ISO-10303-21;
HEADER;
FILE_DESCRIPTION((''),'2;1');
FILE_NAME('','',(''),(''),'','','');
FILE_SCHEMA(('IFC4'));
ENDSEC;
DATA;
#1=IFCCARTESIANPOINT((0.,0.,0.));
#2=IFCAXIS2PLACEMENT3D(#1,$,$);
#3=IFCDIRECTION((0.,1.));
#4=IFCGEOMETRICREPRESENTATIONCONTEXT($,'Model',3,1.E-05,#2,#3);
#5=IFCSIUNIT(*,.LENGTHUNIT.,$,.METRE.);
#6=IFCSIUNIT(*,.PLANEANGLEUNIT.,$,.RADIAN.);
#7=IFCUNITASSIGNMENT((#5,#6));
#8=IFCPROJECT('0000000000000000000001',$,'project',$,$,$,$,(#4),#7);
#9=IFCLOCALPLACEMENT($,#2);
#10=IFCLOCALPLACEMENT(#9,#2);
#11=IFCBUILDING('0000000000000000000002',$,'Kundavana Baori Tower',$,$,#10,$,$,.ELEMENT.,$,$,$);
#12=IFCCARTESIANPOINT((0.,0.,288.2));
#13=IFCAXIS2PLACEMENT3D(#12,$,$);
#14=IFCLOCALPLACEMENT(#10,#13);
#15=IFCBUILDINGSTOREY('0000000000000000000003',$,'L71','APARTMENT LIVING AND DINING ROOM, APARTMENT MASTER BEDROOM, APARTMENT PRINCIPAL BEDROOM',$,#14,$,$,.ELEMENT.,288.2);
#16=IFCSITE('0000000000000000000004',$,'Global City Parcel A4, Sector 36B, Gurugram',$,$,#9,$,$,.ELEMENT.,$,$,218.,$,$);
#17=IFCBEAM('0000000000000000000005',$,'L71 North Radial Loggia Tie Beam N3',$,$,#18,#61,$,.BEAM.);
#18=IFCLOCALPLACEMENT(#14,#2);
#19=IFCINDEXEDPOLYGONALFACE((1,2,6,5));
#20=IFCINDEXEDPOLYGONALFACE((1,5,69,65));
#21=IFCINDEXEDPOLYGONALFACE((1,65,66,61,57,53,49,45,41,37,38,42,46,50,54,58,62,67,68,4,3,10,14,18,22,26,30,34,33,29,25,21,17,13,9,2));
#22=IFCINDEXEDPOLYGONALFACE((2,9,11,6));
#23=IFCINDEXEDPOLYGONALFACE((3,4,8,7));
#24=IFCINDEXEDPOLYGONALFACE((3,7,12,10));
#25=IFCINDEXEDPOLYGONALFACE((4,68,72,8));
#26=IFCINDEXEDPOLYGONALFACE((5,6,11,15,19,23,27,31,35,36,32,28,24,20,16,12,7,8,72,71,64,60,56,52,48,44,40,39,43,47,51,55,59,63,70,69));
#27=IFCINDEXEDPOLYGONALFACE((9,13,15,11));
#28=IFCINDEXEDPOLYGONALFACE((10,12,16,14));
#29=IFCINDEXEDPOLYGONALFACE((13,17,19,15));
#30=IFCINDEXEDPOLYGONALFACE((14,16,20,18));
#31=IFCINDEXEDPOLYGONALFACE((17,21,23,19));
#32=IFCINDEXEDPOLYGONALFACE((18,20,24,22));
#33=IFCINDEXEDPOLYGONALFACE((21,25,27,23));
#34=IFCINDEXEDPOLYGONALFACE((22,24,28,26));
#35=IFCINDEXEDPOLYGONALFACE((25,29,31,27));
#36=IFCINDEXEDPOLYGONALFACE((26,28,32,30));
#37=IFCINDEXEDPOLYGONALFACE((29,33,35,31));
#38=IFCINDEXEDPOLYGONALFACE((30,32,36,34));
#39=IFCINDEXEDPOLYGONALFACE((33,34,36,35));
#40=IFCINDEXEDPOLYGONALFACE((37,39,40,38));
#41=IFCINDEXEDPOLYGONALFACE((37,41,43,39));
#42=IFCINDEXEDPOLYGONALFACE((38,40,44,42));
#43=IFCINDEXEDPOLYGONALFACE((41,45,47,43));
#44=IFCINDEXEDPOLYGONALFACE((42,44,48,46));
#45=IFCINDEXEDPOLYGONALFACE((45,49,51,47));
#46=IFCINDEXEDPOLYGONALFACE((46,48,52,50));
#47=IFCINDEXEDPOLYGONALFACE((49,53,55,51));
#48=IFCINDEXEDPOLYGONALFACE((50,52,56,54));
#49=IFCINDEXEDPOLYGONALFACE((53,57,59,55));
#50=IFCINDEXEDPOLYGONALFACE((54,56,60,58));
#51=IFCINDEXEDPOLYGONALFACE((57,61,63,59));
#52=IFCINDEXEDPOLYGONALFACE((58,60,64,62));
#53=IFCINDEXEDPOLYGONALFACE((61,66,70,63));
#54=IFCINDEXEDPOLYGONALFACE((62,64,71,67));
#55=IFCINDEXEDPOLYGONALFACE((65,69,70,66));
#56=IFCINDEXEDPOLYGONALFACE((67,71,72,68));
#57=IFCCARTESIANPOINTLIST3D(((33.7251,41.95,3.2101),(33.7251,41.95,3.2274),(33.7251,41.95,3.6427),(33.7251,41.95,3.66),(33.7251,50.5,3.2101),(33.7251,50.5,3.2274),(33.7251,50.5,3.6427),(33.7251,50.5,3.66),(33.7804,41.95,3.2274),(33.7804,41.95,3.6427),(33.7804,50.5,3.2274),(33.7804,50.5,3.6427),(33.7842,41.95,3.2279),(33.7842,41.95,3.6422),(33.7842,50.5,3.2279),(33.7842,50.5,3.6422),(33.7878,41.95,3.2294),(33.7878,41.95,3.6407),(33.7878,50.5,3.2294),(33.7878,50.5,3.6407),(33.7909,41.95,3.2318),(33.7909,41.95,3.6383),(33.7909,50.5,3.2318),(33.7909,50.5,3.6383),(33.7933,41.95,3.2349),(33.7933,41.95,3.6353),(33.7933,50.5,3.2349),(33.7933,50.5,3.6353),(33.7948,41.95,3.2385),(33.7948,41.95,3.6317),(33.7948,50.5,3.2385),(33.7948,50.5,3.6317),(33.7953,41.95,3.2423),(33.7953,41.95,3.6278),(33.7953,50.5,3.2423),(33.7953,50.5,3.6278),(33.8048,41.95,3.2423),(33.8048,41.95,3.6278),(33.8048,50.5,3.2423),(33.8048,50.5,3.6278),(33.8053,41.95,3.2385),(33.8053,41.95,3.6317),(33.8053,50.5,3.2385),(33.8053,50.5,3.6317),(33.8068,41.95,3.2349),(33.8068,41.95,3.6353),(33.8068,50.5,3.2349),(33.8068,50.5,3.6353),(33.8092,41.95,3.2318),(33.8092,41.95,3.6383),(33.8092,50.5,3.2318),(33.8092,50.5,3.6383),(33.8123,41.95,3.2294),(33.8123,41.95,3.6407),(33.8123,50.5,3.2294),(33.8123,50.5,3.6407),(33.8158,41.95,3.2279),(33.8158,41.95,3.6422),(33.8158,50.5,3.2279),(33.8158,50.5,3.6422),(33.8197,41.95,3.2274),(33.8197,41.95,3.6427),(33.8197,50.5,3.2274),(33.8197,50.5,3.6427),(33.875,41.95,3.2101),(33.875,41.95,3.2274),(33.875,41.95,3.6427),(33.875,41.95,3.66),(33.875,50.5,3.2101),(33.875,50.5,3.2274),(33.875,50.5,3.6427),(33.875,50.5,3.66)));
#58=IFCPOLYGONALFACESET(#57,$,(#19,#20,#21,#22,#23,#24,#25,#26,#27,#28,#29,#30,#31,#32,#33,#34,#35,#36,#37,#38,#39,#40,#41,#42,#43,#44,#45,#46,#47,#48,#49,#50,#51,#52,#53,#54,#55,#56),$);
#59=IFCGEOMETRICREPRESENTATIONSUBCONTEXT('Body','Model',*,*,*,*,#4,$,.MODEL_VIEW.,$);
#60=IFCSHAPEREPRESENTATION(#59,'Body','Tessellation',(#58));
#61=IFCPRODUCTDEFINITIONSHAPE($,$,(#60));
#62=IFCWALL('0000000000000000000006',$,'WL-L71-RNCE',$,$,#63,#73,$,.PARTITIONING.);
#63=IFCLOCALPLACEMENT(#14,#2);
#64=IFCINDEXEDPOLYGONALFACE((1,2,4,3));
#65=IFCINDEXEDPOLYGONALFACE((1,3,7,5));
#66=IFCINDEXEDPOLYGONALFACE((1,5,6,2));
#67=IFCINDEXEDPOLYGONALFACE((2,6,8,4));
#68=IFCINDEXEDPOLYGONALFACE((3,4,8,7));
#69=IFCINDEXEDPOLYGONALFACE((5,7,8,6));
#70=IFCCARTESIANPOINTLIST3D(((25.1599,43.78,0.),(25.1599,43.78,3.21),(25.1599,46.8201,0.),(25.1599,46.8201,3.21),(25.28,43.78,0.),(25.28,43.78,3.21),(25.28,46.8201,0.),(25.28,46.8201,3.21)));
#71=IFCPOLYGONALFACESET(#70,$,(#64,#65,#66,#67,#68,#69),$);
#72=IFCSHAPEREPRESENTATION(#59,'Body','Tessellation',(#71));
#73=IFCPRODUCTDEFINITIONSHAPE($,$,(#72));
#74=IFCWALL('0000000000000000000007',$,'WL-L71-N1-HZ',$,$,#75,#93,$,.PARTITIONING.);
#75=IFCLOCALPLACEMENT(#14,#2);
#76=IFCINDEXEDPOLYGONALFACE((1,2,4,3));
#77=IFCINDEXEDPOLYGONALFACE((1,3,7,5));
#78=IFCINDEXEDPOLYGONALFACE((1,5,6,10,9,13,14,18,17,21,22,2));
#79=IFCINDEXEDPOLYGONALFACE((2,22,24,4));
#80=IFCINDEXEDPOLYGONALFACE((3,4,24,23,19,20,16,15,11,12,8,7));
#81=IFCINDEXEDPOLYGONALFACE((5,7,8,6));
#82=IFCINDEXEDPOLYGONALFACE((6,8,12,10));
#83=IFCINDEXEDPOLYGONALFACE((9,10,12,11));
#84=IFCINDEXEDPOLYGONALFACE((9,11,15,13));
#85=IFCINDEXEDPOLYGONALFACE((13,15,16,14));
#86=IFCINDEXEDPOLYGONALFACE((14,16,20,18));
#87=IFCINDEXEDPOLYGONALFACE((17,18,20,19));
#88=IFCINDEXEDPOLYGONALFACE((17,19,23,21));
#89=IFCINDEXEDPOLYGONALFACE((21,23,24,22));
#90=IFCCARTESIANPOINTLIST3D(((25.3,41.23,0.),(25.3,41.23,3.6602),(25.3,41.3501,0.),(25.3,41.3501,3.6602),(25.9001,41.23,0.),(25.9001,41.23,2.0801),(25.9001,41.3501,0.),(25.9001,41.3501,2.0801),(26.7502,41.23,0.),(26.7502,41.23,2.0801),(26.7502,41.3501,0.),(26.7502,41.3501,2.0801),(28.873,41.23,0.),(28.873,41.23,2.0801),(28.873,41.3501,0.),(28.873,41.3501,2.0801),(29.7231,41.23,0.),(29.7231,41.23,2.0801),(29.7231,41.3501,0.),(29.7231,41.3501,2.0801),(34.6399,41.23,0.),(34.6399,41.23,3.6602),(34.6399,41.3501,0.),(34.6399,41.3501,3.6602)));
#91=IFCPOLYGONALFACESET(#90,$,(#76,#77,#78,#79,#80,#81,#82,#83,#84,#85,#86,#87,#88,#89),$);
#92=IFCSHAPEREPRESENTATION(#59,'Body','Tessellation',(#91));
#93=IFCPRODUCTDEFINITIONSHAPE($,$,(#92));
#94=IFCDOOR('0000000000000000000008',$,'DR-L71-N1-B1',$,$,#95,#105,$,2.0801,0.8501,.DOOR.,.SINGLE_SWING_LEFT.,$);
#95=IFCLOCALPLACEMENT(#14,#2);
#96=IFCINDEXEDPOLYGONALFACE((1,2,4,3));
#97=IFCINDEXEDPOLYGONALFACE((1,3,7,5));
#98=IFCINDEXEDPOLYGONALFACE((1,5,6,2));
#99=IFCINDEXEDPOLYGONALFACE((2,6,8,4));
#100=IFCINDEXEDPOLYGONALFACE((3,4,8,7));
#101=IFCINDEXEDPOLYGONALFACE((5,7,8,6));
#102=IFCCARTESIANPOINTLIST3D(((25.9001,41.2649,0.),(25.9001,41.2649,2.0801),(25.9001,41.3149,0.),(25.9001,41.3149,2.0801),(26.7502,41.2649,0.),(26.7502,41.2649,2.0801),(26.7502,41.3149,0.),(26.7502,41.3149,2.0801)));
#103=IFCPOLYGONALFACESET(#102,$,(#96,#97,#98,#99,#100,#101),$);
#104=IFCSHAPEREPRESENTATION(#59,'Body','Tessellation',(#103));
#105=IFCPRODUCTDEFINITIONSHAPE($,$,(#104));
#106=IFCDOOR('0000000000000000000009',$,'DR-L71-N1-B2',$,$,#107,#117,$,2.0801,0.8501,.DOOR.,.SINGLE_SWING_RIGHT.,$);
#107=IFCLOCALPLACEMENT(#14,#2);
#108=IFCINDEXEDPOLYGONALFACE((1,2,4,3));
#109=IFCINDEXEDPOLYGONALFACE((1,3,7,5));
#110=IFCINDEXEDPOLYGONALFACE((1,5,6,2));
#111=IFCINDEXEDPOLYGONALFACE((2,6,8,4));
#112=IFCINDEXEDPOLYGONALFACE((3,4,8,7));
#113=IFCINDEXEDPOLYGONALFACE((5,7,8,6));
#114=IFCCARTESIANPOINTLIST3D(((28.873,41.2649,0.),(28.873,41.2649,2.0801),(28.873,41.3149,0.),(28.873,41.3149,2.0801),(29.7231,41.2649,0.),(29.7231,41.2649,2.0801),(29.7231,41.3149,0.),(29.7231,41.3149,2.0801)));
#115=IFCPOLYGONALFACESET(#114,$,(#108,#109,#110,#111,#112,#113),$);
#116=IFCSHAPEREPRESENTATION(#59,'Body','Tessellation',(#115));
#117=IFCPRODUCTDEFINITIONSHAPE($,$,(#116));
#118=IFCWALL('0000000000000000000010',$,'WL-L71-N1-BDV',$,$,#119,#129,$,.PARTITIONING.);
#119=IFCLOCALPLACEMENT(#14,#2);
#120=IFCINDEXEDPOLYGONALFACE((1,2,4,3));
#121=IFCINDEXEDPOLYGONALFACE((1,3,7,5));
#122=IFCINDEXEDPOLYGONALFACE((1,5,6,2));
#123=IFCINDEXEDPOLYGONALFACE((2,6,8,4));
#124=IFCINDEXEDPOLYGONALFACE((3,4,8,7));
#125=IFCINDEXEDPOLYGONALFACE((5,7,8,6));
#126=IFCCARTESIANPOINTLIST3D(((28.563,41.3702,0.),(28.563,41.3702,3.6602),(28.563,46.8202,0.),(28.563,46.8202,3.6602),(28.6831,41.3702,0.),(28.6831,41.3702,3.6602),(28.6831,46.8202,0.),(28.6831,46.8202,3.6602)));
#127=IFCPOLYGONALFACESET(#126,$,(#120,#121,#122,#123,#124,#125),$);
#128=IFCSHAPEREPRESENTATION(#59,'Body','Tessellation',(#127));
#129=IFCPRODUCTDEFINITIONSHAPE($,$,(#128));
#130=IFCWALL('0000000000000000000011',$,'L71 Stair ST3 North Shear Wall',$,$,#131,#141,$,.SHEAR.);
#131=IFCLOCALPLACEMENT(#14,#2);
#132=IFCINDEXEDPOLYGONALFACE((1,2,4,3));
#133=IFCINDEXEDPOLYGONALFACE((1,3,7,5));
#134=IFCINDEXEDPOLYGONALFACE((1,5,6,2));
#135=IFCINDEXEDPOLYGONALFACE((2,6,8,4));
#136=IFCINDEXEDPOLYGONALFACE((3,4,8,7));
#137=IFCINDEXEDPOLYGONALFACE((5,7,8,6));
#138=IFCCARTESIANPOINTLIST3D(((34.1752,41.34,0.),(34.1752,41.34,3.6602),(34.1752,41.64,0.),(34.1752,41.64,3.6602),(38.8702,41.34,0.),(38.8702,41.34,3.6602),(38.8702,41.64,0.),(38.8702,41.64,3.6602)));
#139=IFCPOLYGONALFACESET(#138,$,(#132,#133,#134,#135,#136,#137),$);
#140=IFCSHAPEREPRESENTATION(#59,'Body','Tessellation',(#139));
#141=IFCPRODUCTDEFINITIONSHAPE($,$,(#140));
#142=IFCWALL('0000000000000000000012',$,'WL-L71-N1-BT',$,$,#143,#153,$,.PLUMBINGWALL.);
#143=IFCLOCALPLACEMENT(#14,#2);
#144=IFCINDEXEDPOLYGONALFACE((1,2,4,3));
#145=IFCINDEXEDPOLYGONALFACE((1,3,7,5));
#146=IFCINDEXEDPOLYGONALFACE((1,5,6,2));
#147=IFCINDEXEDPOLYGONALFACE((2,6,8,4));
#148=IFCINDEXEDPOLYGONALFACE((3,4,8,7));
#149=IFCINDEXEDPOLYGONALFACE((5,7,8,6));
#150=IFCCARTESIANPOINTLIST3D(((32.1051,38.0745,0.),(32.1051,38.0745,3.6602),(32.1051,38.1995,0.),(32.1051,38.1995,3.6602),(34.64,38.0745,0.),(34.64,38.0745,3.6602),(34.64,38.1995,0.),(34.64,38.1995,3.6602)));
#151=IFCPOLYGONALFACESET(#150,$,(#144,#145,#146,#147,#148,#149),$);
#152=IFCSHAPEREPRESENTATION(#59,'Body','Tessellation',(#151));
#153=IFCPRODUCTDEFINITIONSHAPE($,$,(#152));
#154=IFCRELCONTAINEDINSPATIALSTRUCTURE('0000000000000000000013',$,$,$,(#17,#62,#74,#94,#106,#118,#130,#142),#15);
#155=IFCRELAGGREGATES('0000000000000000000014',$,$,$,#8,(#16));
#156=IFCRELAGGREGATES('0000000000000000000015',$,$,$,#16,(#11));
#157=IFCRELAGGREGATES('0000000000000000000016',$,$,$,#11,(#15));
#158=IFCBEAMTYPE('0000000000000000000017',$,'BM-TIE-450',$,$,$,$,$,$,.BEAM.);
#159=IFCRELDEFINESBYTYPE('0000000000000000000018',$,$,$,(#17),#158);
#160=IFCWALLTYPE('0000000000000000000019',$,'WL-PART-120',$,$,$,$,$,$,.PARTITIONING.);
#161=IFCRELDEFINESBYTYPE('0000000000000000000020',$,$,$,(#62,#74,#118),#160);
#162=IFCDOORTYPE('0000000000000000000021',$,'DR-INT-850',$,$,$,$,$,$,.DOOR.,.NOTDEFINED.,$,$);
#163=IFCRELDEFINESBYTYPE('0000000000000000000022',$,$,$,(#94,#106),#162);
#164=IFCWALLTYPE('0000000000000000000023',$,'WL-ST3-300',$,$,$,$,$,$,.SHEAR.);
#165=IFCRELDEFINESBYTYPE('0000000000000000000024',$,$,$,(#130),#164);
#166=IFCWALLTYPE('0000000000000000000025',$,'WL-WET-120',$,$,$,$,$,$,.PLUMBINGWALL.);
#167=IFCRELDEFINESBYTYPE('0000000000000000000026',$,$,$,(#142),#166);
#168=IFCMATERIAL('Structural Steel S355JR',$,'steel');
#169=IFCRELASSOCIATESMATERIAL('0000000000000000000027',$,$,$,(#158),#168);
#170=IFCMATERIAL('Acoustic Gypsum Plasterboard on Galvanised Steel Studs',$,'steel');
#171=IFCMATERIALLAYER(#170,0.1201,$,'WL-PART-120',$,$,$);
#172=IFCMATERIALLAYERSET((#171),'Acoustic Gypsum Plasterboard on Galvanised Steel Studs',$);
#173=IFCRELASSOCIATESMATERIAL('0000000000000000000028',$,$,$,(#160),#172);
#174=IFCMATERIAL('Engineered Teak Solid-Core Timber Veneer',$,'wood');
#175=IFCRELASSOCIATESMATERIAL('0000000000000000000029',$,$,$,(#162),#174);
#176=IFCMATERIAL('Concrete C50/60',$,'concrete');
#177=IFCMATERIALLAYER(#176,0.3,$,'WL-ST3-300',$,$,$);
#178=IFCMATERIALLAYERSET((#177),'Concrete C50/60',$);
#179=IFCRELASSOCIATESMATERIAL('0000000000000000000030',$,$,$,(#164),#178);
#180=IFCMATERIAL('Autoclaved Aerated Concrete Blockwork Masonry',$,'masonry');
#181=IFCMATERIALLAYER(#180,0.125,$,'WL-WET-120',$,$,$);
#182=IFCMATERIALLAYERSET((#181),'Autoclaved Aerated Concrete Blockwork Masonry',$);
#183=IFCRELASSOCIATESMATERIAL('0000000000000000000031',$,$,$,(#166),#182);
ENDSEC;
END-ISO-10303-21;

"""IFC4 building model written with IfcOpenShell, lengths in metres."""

from ifc_helpers import new_model, si_unit, direction, frame, frame_2d, origin, origin_2d, place, context, subcontext, project, spatial, rectangle, i_section, extrude, material, layer, layer_set, material_profile, profile_set, type_object, element, fill, save


model = new_model("IFC4")

# Units and contexts
model_context = context("Model", 3, precision=1e-05, world=origin(), true_north=direction((0.0, 1.0)))
body_context = subcontext(model_context, "Body", "Model", "MODEL_VIEW")
ifc_project = project(units=[si_unit("LENGTHUNIT", "METRE"), si_unit("PLANEANGLEUNIT", "RADIAN")], contexts=[model_context])

# Site, building, storey
site_placement = place(None, origin())
site = spatial("IfcSite", under=ifc_project, at=site_placement, Name="Global City Parcel A4, Sector 36B, Gurugram", CompositionType="ELEMENT", RefElevation=218.0)
building_placement = place(site_placement, origin())
building = spatial("IfcBuilding", under=site, at=building_placement, Name="Kundavana Baori Tower", CompositionType="ELEMENT")
storey_placement = place(building_placement, frame((0.0, 0.0, 288.2)))
storey = spatial("IfcBuildingStorey", under=building, at=storey_placement, Name="L71", Description="APARTMENT LIVING AND DINING ROOM, APARTMENT MASTER BEDROOM, APARTMENT PRINCIPAL BEDROOM", CompositionType="ELEMENT", Elevation=288.2)

# Beam
ifc_material_1 = material(Name="Structural Steel S355JR", Category="steel")
ifc_material_profile_1 = material_profile(ifc_material_1, i_section(OverallWidth=0.1499, OverallDepth=0.45, WebThickness=0.0095, FlangeThickness=0.0173, FilletRadius=0.0149, at=origin_2d()), Name="ISMB 450")
ifc_profile_set_1 = profile_set([ifc_material_profile_1], Name="Structural Steel S355JR")
beam_type_1 = type_object("IfcBeamType", Name="BM-TIE-450", PredefinedType="BEAM", material=ifc_profile_set_1)
beam_1_placement = place(storey_placement, frame((33.8, 41.95, 3.4351), z_axis=(0.0, 1.0, 0.0), x_axis=(-1.0, 0.0, 0.0)))
element("IfcBeam", 1, at=beam_1_placement, inside=storey, type_object=beam_type_1, Name="L71 North Radial Loggia Tie Beam N3", PredefinedType="BEAM", context=body_context, shape_type="SweptSolid", body=[
    extrude(i_section(OverallWidth=0.1499, OverallDepth=0.45, WebThickness=0.0095, FlangeThickness=0.0173, FilletRadius=0.0149, at=origin_2d()), origin(), (0.0, 0.0, 1.0), 8.55),
])

# Wall
ifc_material_2 = material(Name="Acoustic Gypsum Plasterboard on Galvanised Steel Studs", Category="steel")
ifc_layer_1 = layer(ifc_material_2, 0.1201, Name="WL-PART-120")
ifc_layer_set_1 = layer_set([ifc_layer_1], Name="Acoustic Gypsum Plasterboard on Galvanised Steel Studs")
wall_type_1 = type_object("IfcWallType", Name="WL-PART-120", PredefinedType="PARTITIONING", material=ifc_layer_set_1)
wall_1_placement = place(storey_placement, frame((25.22, 43.78, 0.0), z_axis=(0.0, 0.0, 1.0), x_axis=(0.0, 1.0, 0.0)))
element("IfcWall", 2, at=wall_1_placement, inside=storey, type_object=wall_type_1, Name="WL-L71-RNCE", PredefinedType="PARTITIONING", context=body_context, shape_type="SweptSolid", body=[
    extrude(rectangle(XDim=3.04, YDim=0.1201, at=frame_2d((1.52, 0.0))), origin(), (0.0, 0.0, 1.0), 3.21),
])

# Wall, openings, doors
wall_2_placement = place(storey_placement, frame((25.3, 41.29, 0.0), z_axis=(0.0, 0.0, 1.0), x_axis=(1.0, 0.0, 0.0)))
wall_2 = element("IfcWall", 3, at=wall_2_placement, inside=storey, type_object=wall_type_1, Name="WL-L71-N1-HZ", PredefinedType="PARTITIONING", context=body_context, shape_type="SweptSolid", body=[
    extrude(rectangle(XDim=9.3398, YDim=0.1201, at=frame_2d((4.6699, 0.0))), origin(), (0.0, 0.0, 1.0), 3.6602),
])
opening_1_placement = place(wall_2_placement, frame((0.6001, 0.0, 0.0)))
opening_1 = element("IfcOpeningElement", 4, at=opening_1_placement, cuts=wall_2, PredefinedType="OPENING", context=body_context, shape_type="SweptSolid", body=[
    extrude(rectangle(XDim=0.8501, YDim=2.0801, at=frame_2d((0.425, 1.04))), frame((0.0, 0.0701, 0.0), z_axis=(0.0, -1.0, 0.0), x_axis=(1.0, 0.0, 0.0)), (0.0, 0.0, 1.0), 0.1401),
])
opening_2_placement = place(wall_2_placement, frame((3.573, 0.0, 0.0)))
opening_2 = element("IfcOpeningElement", 5, at=opening_2_placement, cuts=wall_2, PredefinedType="OPENING", context=body_context, shape_type="SweptSolid", body=[
    extrude(rectangle(XDim=0.8501, YDim=2.0801, at=frame_2d((0.425, 1.04))), frame((0.0, 0.0701, 0.0), z_axis=(0.0, -1.0, 0.0), x_axis=(1.0, 0.0, 0.0)), (0.0, 0.0, 1.0), 0.1401),
])
ifc_material_3 = material(Name="Engineered Teak Solid-Core Timber Veneer", Category="wood")
door_type = type_object("IfcDoorType", Name="DR-INT-850", OperationType="NOTDEFINED", PredefinedType="DOOR", material=ifc_material_3)
door_1_placement = place(opening_1_placement, origin())
door_1 = element("IfcDoor", 6, at=door_1_placement, inside=storey, type_object=door_type, Name="DR-L71-N1-B1", OperationType="SINGLE_SWING_LEFT", OverallHeight=2.0801, OverallWidth=0.8501, PredefinedType="DOOR", context=body_context, shape_type="SweptSolid", body=[
    extrude(rectangle(XDim=0.8501, YDim=2.0801, at=frame_2d((0.425, 1.04))), frame((0.0, 0.0249, 0.0), z_axis=(0.0, -1.0, 0.0), x_axis=(1.0, 0.0, 0.0)), (0.0, 0.0, 1.0), 0.05),
])
fill(opening_1, door_1)
door_2_placement = place(opening_2_placement, origin())
door_2 = element("IfcDoor", 7, at=door_2_placement, inside=storey, type_object=door_type, Name="DR-L71-N1-B2", OperationType="SINGLE_SWING_RIGHT", OverallHeight=2.0801, OverallWidth=0.8501, PredefinedType="DOOR", context=body_context, shape_type="SweptSolid", body=[
    extrude(rectangle(XDim=0.8501, YDim=2.0801, at=frame_2d((0.425, 1.04))), frame((0.0, 0.0249, 0.0), z_axis=(0.0, -1.0, 0.0), x_axis=(1.0, 0.0, 0.0)), (0.0, 0.0, 1.0), 0.05),
])
fill(opening_2, door_2)

# Walls
wall_3_placement = place(storey_placement, frame((28.623, 41.3701, 0.0), z_axis=(0.0, 0.0, 1.0), x_axis=(0.0, 1.0, 0.0)))
element("IfcWall", 8, at=wall_3_placement, inside=storey, type_object=wall_type_1, Name="WL-L71-N1-BDV", PredefinedType="PARTITIONING", context=body_context, shape_type="SweptSolid", body=[
    extrude(rectangle(XDim=5.45, YDim=0.1201, at=frame_2d((2.7251, 0.0))), origin(), (0.0, 0.0, 1.0), 3.6602),
])
ifc_material_4 = material(Name="Concrete C50/60", Category="concrete")
ifc_layer_2 = layer(ifc_material_4, 0.3, Name="WL-ST3-300")
ifc_layer_set_2 = layer_set([ifc_layer_2], Name="Concrete C50/60")
wall_type_2 = type_object("IfcWallType", Name="WL-ST3-300", PredefinedType="SHEAR", material=ifc_layer_set_2)
wall_4_placement = place(storey_placement, frame((34.175, 41.49, 0.0), z_axis=(0.0, 0.0, 1.0), x_axis=(1.0, 0.0, 0.0)))
element("IfcWall", 9, at=wall_4_placement, inside=storey, type_object=wall_type_2, Name="L71 Stair ST3 North Shear Wall", PredefinedType="SHEAR", context=body_context, shape_type="SweptSolid", body=[
    extrude(rectangle(XDim=4.6951, YDim=0.3, at=frame_2d((2.3477, 0.0))), origin(), (0.0, 0.0, 1.0), 3.6602),
])
ifc_material_5 = material(Name="Autoclaved Aerated Concrete Blockwork Masonry", Category="masonry")
ifc_layer_3 = layer(ifc_material_5, 0.125, Name="WL-WET-120")
ifc_layer_set_3 = layer_set([ifc_layer_3], Name="Autoclaved Aerated Concrete Blockwork Masonry")
wall_type_3 = type_object("IfcWallType", Name="WL-WET-120", PredefinedType="PLUMBINGWALL", material=ifc_layer_set_3)
wall_5_placement = place(storey_placement, frame((32.105, 38.137, 0.0), z_axis=(0.0, 0.0, 1.0), x_axis=(1.0, 0.0, 0.0)))
element("IfcWall", 10, at=wall_5_placement, inside=storey, type_object=wall_type_3, Name="WL-L71-N1-BT", PredefinedType="PLUMBINGWALL", context=body_context, shape_type="SweptSolid", body=[
    extrude(rectangle(XDim=2.5349, YDim=0.125, at=frame_2d((1.2676, 0.0))), origin(), (0.0, 0.0, 1.0), 3.6602),
])

save(model, "model.ifc")
